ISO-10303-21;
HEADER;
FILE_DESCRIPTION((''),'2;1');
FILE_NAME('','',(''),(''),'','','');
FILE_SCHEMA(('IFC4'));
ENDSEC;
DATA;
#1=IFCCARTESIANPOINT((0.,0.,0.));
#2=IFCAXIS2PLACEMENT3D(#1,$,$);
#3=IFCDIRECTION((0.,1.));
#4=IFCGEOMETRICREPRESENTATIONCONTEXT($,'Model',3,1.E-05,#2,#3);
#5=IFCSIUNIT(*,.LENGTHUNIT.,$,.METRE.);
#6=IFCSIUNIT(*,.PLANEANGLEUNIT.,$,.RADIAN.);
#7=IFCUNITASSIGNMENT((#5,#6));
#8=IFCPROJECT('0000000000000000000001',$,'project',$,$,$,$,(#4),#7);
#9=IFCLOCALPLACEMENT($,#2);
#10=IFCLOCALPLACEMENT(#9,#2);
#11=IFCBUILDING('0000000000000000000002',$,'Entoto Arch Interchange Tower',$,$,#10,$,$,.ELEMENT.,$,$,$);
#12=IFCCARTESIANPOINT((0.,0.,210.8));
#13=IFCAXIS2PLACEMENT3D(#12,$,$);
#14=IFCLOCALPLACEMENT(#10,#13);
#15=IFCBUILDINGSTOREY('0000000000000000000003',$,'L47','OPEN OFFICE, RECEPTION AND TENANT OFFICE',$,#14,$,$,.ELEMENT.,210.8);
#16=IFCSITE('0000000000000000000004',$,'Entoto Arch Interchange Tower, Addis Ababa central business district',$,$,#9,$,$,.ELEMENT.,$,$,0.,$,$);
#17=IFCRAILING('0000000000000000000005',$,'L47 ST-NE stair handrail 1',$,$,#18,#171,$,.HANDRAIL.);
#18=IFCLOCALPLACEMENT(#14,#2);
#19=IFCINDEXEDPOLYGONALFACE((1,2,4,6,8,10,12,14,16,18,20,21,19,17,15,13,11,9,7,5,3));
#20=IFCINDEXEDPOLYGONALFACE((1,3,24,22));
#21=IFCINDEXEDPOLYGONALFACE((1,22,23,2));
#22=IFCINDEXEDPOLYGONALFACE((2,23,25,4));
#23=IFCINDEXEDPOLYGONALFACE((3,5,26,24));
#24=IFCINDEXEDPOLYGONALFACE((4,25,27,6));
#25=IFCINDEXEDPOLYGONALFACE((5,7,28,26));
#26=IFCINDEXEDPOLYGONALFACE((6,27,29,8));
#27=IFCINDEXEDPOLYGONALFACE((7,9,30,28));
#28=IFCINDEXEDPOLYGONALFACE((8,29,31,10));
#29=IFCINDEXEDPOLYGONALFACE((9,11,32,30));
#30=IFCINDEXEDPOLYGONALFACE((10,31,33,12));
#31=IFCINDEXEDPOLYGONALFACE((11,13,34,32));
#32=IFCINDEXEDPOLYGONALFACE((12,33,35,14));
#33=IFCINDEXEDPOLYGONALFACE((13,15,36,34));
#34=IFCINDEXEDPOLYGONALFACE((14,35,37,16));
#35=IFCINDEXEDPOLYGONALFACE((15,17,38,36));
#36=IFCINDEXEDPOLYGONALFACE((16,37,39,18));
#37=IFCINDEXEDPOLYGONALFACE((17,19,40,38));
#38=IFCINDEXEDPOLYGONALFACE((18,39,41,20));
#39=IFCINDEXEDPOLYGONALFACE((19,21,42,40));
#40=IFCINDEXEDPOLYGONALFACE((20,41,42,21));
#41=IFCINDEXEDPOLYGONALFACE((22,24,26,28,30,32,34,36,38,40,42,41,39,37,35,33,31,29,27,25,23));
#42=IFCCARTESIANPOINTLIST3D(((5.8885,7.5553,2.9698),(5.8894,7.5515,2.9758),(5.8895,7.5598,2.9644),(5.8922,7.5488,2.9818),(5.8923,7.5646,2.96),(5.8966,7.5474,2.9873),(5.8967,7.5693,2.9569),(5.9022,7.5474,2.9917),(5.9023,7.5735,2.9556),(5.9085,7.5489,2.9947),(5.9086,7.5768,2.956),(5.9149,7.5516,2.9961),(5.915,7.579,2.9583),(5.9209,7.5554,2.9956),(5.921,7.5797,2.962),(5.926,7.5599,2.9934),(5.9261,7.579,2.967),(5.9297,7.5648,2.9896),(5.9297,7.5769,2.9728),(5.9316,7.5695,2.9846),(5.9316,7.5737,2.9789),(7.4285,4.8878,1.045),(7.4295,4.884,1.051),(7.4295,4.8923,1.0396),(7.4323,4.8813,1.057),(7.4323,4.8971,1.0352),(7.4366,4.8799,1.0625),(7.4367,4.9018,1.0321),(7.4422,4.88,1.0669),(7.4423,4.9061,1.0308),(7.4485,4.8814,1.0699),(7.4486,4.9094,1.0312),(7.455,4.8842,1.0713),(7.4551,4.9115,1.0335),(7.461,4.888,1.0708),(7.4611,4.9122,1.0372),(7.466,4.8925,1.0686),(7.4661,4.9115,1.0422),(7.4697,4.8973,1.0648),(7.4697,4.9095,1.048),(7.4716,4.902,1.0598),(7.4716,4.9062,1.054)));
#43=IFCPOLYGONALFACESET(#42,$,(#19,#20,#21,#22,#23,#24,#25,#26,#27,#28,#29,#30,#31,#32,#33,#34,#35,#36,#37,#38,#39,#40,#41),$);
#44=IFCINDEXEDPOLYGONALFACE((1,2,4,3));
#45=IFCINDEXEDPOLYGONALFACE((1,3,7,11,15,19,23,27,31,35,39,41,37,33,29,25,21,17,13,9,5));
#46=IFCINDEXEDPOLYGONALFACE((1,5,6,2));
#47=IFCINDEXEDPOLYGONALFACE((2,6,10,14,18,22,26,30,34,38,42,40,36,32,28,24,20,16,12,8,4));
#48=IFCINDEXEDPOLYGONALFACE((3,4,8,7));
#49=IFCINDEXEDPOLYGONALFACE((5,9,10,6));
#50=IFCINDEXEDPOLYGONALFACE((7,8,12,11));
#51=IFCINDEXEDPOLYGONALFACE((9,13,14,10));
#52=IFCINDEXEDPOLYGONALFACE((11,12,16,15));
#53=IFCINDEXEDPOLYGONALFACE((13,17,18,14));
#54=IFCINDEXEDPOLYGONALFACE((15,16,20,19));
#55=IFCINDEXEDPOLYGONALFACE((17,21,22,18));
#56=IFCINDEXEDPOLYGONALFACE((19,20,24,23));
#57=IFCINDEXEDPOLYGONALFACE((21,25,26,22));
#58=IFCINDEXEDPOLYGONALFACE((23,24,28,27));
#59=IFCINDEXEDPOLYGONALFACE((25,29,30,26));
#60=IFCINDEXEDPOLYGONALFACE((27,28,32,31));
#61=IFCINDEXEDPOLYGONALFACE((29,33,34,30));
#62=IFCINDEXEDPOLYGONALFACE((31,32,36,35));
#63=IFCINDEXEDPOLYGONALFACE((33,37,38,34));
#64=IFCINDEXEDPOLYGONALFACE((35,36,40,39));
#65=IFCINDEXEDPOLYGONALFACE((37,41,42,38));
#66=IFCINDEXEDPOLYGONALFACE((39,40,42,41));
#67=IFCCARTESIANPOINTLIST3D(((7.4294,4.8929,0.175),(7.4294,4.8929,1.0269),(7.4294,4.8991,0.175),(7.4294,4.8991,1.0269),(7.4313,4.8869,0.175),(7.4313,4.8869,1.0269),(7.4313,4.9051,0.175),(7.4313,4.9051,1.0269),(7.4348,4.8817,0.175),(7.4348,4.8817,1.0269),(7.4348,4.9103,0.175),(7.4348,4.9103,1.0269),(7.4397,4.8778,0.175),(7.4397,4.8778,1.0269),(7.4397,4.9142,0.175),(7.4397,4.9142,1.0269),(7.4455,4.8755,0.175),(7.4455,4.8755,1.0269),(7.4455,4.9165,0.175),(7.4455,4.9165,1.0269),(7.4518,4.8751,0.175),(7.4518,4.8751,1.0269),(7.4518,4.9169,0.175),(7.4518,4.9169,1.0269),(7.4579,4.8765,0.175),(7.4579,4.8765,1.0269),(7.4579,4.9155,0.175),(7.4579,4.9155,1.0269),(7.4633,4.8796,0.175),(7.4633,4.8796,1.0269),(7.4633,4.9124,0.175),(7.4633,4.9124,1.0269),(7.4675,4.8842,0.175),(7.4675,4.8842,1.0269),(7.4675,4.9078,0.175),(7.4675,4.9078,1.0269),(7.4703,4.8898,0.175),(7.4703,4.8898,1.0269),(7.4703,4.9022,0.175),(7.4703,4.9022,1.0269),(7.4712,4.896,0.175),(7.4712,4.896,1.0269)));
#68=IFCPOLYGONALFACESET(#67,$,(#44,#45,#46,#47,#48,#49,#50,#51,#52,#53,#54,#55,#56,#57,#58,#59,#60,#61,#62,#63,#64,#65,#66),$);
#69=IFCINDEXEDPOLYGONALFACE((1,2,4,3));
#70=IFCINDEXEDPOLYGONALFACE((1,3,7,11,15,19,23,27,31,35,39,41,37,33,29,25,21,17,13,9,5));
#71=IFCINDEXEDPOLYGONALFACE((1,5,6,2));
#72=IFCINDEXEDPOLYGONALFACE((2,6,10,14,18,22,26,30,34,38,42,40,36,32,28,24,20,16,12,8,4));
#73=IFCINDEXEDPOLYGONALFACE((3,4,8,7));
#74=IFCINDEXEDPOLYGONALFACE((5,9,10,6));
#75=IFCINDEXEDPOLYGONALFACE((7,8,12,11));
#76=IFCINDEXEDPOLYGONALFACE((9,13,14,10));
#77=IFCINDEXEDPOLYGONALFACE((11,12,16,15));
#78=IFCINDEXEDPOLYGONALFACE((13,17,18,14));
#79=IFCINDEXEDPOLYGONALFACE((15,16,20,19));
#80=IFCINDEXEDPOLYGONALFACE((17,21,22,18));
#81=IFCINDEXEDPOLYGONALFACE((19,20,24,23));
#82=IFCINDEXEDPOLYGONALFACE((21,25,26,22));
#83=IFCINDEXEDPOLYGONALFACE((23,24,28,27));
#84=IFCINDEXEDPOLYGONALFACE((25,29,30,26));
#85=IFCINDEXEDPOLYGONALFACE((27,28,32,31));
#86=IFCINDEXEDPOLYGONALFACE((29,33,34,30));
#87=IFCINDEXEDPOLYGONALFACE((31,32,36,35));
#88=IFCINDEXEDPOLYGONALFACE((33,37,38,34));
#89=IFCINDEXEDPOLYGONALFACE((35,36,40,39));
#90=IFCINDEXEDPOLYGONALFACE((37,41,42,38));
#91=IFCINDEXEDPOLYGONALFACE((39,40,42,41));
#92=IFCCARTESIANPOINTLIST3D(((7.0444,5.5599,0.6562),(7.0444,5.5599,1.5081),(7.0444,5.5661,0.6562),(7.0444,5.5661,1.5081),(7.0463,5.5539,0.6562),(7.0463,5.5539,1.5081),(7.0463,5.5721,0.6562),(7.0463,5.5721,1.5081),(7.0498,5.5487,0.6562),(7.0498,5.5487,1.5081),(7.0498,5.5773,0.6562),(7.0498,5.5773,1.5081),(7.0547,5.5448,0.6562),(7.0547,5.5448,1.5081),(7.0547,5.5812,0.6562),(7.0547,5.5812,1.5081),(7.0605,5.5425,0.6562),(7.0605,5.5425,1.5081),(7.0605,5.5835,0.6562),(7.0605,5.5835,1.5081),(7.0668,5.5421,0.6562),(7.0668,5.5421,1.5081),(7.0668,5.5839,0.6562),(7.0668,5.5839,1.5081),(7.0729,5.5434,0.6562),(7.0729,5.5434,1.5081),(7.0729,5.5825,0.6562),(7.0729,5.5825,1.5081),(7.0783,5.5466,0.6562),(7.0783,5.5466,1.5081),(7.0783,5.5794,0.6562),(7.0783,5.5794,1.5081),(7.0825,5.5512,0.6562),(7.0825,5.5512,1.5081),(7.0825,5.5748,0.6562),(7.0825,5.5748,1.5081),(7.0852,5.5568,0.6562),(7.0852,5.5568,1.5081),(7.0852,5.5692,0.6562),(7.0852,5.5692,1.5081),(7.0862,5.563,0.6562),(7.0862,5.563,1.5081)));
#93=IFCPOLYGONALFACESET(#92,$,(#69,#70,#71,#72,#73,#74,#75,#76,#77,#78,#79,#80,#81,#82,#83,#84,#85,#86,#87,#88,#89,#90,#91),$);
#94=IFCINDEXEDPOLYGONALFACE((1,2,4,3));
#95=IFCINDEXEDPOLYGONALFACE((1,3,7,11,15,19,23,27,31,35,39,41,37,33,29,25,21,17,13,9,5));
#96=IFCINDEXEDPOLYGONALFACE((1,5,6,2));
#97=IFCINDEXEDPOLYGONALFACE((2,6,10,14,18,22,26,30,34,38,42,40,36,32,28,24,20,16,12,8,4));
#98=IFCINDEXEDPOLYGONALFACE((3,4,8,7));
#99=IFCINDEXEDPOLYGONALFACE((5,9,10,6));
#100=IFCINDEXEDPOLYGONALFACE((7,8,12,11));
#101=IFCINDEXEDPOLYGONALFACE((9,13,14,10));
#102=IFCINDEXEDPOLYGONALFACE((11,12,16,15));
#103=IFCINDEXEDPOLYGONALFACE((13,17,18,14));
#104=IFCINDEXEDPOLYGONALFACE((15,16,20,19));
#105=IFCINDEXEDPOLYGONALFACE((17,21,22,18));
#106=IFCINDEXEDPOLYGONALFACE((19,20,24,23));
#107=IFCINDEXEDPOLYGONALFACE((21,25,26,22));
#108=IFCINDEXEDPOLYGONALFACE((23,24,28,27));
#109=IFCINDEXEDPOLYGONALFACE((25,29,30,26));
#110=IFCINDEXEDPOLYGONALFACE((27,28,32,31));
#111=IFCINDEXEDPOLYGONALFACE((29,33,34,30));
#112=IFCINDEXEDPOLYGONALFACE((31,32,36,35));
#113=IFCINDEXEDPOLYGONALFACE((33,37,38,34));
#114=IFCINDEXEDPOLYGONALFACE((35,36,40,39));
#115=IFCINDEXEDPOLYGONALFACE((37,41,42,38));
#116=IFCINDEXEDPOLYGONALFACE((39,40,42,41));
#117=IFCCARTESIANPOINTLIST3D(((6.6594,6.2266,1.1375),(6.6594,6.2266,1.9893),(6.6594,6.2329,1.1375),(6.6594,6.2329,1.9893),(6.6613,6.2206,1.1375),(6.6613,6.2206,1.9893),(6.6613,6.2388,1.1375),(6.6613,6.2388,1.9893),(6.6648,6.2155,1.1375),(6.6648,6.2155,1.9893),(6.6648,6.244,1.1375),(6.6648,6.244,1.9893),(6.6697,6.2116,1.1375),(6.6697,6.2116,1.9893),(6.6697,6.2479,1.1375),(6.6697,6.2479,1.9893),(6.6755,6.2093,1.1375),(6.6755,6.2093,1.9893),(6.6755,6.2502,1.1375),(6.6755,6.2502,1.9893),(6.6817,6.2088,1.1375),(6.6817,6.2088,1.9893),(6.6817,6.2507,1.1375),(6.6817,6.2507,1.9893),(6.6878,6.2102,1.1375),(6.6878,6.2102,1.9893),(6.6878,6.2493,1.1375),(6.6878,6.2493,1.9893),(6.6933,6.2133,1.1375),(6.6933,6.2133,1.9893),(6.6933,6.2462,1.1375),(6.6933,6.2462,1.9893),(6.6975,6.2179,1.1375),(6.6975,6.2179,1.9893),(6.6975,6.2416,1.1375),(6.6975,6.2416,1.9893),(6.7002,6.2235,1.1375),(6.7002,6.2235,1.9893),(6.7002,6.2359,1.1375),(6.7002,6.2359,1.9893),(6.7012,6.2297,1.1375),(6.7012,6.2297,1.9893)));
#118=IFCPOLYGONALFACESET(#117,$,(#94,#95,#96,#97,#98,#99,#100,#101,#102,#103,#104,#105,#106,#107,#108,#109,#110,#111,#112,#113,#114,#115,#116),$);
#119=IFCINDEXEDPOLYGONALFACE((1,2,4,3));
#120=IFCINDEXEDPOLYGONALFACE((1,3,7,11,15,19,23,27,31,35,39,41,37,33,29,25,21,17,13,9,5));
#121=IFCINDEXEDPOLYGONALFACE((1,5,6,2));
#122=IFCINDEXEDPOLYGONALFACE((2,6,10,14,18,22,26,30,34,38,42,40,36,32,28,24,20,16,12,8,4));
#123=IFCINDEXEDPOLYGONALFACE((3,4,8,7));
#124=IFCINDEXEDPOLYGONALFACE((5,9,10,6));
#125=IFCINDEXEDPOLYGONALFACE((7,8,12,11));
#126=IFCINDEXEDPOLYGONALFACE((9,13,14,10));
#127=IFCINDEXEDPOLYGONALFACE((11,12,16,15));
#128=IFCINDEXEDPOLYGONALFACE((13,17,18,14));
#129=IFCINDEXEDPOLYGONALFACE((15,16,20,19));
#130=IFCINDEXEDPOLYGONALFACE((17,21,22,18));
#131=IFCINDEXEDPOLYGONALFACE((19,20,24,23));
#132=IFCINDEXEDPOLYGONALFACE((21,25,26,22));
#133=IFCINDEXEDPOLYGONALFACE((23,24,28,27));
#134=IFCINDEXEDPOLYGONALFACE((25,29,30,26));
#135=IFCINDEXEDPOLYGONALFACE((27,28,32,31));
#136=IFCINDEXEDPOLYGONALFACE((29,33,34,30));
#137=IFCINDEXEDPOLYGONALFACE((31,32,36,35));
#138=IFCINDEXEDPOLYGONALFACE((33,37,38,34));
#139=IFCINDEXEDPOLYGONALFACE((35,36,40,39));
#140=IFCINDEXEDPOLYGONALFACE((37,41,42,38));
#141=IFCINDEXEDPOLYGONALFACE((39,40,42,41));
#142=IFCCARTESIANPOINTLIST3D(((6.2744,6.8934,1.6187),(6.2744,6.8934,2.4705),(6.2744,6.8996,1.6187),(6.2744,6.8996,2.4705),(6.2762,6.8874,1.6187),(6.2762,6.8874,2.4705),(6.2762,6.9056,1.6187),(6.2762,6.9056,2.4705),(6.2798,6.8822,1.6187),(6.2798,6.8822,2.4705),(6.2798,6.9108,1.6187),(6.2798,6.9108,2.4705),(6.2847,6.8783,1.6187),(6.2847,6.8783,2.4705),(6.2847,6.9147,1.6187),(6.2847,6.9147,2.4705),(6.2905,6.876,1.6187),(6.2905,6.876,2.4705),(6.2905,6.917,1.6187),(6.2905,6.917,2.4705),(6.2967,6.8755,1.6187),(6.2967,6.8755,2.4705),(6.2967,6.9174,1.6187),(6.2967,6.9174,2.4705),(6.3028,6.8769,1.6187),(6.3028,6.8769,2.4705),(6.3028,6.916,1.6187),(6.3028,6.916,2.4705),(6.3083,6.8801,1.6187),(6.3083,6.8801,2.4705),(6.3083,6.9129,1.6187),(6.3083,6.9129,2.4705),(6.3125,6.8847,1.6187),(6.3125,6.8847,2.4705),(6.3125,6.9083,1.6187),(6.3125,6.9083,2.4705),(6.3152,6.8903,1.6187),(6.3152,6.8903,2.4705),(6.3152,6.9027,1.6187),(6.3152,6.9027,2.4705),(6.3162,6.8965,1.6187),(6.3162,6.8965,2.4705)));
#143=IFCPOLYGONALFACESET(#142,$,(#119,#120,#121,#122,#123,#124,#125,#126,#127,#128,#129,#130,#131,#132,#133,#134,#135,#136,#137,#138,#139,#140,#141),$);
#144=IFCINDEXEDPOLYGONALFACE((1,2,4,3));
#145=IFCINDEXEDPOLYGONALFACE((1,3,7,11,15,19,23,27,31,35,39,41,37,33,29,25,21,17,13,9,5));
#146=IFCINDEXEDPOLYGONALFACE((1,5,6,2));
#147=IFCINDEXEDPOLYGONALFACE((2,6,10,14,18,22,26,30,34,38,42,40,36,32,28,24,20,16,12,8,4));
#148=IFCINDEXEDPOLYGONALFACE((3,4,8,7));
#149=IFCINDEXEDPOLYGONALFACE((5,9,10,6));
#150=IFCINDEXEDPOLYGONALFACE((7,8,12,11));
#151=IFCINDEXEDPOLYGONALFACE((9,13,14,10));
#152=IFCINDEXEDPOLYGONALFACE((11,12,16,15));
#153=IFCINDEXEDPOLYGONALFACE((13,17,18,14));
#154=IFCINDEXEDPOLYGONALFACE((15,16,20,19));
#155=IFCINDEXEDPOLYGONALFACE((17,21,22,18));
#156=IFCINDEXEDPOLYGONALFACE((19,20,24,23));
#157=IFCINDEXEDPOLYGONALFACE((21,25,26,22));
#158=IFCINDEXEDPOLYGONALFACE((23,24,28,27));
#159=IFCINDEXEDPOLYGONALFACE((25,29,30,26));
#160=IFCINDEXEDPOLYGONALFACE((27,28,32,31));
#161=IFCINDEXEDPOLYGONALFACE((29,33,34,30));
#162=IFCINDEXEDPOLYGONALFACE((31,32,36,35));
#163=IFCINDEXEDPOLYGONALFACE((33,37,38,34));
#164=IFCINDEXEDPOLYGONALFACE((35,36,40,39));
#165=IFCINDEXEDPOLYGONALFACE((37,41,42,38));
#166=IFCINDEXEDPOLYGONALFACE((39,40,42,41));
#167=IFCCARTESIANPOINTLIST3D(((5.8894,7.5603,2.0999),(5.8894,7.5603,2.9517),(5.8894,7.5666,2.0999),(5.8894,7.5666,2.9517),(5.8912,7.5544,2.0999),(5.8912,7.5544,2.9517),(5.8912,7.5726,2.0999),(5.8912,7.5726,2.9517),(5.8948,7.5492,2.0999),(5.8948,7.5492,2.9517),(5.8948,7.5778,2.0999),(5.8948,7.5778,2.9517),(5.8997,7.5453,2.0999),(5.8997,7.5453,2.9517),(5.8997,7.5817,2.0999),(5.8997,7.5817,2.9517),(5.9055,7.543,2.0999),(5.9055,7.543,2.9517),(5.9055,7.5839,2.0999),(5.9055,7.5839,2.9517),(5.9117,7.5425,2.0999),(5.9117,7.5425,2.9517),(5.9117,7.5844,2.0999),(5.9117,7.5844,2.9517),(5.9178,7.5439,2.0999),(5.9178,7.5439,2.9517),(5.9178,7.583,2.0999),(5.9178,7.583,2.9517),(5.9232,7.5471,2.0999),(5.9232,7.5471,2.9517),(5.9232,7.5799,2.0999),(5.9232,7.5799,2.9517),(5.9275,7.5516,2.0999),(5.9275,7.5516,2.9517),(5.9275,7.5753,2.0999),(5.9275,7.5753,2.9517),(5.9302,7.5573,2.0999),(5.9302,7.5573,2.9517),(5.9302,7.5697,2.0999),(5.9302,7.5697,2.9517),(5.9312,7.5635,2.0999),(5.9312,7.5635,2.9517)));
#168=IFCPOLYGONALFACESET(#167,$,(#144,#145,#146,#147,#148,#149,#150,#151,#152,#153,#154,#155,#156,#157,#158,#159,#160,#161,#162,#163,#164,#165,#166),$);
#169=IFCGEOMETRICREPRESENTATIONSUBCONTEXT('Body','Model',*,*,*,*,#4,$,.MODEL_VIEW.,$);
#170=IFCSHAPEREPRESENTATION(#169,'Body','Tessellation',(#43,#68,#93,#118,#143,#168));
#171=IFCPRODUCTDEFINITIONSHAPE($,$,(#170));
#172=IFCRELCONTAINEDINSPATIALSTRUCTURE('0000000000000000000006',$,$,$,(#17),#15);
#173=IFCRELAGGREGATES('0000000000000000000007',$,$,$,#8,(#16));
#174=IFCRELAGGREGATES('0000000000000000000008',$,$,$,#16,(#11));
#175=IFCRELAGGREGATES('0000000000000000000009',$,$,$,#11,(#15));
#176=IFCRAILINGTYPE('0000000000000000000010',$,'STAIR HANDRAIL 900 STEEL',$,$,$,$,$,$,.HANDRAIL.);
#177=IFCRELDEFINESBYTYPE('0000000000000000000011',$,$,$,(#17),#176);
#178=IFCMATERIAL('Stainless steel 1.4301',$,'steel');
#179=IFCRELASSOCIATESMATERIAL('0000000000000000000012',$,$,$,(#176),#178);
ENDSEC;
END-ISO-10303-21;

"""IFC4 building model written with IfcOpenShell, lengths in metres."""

from ifc_helpers import new_model, si_unit, direction, frame, origin, origin_2d, place, context, subcontext, project, spatial, circle, extrude, material, type_object, element, save


model = new_model("IFC4")

# Units and contexts
model_context = context("Model", 3, precision=1e-05, world=origin(), true_north=direction((0.0, 1.0)))
body_context = subcontext(model_context, "Body", "Model", "MODEL_VIEW")
ifc_project = project(units=[si_unit("LENGTHUNIT", "METRE"), si_unit("PLANEANGLEUNIT", "RADIAN")], contexts=[model_context])

# Site, building, storey
site_placement = place(None, origin())
site = spatial("IfcSite", under=ifc_project, at=site_placement, Name="Entoto Arch Interchange Tower, Addis Ababa central business district", CompositionType="ELEMENT", RefElevation=0.0)
building_placement = place(site_placement, origin())
building = spatial("IfcBuilding", under=site, at=building_placement, Name="Entoto Arch Interchange Tower", CompositionType="ELEMENT")
storey_placement = place(building_placement, frame((0.0, 0.0, 210.8)))
storey = spatial("IfcBuildingStorey", under=building, at=storey_placement, Name="L47", Description="OPEN OFFICE, RECEPTION AND TENANT OFFICE", CompositionType="ELEMENT", Elevation=210.8)

# Railing
ifc_material_1 = material(Name="Stainless steel 1.4301", Category="steel")
railing_type_1 = type_object("IfcRailingType", Name="STAIR HANDRAIL 900 STEEL", PredefinedType="HANDRAIL", material=ifc_material_1)
railing_1_placement = place(storey_placement, frame((7.4502, 4.896, 0.175)))
element("IfcRailing", 1, at=railing_1_placement, inside=storey, type_object=railing_type_1, Name="L47 ST-NE stair handrail 1", PredefinedType="HANDRAIL", context=body_context, shape_type="SweptSolid", body=[
    extrude(circle(Radius=0.0239, at=origin_2d()), frame((0.0, 0.0, 0.876), z_axis=(-0.42401, 0.734421, 0.529945), x_axis=(-0.86603, -0.499992, 0.0)), (0.0, 0.0, 1.0), 3.6321),
    extrude(circle(Radius=0.021, at=origin_2d()), origin(), (0.0, 0.0, 1.0), 0.8518),
    extrude(circle(Radius=0.021, at=origin_2d()), frame((-0.385, 0.667, 0.4812)), (0.0, 0.0, 1.0), 0.8518),
    extrude(circle(Radius=0.021, at=origin_2d()), frame((-0.77, 1.3337, 0.9624)), (0.0, 0.0, 1.0), 0.8518),
    extrude(circle(Radius=0.021, at=origin_2d()), frame((-1.155, 2.0005, 1.4436)), (0.0, 0.0, 1.0), 0.8518),
    extrude(circle(Radius=0.021, at=origin_2d()), frame((-1.54, 2.6675, 1.9248)), (0.0, 0.0, 1.0), 0.8518),
])

save(model, "model.ifc")
